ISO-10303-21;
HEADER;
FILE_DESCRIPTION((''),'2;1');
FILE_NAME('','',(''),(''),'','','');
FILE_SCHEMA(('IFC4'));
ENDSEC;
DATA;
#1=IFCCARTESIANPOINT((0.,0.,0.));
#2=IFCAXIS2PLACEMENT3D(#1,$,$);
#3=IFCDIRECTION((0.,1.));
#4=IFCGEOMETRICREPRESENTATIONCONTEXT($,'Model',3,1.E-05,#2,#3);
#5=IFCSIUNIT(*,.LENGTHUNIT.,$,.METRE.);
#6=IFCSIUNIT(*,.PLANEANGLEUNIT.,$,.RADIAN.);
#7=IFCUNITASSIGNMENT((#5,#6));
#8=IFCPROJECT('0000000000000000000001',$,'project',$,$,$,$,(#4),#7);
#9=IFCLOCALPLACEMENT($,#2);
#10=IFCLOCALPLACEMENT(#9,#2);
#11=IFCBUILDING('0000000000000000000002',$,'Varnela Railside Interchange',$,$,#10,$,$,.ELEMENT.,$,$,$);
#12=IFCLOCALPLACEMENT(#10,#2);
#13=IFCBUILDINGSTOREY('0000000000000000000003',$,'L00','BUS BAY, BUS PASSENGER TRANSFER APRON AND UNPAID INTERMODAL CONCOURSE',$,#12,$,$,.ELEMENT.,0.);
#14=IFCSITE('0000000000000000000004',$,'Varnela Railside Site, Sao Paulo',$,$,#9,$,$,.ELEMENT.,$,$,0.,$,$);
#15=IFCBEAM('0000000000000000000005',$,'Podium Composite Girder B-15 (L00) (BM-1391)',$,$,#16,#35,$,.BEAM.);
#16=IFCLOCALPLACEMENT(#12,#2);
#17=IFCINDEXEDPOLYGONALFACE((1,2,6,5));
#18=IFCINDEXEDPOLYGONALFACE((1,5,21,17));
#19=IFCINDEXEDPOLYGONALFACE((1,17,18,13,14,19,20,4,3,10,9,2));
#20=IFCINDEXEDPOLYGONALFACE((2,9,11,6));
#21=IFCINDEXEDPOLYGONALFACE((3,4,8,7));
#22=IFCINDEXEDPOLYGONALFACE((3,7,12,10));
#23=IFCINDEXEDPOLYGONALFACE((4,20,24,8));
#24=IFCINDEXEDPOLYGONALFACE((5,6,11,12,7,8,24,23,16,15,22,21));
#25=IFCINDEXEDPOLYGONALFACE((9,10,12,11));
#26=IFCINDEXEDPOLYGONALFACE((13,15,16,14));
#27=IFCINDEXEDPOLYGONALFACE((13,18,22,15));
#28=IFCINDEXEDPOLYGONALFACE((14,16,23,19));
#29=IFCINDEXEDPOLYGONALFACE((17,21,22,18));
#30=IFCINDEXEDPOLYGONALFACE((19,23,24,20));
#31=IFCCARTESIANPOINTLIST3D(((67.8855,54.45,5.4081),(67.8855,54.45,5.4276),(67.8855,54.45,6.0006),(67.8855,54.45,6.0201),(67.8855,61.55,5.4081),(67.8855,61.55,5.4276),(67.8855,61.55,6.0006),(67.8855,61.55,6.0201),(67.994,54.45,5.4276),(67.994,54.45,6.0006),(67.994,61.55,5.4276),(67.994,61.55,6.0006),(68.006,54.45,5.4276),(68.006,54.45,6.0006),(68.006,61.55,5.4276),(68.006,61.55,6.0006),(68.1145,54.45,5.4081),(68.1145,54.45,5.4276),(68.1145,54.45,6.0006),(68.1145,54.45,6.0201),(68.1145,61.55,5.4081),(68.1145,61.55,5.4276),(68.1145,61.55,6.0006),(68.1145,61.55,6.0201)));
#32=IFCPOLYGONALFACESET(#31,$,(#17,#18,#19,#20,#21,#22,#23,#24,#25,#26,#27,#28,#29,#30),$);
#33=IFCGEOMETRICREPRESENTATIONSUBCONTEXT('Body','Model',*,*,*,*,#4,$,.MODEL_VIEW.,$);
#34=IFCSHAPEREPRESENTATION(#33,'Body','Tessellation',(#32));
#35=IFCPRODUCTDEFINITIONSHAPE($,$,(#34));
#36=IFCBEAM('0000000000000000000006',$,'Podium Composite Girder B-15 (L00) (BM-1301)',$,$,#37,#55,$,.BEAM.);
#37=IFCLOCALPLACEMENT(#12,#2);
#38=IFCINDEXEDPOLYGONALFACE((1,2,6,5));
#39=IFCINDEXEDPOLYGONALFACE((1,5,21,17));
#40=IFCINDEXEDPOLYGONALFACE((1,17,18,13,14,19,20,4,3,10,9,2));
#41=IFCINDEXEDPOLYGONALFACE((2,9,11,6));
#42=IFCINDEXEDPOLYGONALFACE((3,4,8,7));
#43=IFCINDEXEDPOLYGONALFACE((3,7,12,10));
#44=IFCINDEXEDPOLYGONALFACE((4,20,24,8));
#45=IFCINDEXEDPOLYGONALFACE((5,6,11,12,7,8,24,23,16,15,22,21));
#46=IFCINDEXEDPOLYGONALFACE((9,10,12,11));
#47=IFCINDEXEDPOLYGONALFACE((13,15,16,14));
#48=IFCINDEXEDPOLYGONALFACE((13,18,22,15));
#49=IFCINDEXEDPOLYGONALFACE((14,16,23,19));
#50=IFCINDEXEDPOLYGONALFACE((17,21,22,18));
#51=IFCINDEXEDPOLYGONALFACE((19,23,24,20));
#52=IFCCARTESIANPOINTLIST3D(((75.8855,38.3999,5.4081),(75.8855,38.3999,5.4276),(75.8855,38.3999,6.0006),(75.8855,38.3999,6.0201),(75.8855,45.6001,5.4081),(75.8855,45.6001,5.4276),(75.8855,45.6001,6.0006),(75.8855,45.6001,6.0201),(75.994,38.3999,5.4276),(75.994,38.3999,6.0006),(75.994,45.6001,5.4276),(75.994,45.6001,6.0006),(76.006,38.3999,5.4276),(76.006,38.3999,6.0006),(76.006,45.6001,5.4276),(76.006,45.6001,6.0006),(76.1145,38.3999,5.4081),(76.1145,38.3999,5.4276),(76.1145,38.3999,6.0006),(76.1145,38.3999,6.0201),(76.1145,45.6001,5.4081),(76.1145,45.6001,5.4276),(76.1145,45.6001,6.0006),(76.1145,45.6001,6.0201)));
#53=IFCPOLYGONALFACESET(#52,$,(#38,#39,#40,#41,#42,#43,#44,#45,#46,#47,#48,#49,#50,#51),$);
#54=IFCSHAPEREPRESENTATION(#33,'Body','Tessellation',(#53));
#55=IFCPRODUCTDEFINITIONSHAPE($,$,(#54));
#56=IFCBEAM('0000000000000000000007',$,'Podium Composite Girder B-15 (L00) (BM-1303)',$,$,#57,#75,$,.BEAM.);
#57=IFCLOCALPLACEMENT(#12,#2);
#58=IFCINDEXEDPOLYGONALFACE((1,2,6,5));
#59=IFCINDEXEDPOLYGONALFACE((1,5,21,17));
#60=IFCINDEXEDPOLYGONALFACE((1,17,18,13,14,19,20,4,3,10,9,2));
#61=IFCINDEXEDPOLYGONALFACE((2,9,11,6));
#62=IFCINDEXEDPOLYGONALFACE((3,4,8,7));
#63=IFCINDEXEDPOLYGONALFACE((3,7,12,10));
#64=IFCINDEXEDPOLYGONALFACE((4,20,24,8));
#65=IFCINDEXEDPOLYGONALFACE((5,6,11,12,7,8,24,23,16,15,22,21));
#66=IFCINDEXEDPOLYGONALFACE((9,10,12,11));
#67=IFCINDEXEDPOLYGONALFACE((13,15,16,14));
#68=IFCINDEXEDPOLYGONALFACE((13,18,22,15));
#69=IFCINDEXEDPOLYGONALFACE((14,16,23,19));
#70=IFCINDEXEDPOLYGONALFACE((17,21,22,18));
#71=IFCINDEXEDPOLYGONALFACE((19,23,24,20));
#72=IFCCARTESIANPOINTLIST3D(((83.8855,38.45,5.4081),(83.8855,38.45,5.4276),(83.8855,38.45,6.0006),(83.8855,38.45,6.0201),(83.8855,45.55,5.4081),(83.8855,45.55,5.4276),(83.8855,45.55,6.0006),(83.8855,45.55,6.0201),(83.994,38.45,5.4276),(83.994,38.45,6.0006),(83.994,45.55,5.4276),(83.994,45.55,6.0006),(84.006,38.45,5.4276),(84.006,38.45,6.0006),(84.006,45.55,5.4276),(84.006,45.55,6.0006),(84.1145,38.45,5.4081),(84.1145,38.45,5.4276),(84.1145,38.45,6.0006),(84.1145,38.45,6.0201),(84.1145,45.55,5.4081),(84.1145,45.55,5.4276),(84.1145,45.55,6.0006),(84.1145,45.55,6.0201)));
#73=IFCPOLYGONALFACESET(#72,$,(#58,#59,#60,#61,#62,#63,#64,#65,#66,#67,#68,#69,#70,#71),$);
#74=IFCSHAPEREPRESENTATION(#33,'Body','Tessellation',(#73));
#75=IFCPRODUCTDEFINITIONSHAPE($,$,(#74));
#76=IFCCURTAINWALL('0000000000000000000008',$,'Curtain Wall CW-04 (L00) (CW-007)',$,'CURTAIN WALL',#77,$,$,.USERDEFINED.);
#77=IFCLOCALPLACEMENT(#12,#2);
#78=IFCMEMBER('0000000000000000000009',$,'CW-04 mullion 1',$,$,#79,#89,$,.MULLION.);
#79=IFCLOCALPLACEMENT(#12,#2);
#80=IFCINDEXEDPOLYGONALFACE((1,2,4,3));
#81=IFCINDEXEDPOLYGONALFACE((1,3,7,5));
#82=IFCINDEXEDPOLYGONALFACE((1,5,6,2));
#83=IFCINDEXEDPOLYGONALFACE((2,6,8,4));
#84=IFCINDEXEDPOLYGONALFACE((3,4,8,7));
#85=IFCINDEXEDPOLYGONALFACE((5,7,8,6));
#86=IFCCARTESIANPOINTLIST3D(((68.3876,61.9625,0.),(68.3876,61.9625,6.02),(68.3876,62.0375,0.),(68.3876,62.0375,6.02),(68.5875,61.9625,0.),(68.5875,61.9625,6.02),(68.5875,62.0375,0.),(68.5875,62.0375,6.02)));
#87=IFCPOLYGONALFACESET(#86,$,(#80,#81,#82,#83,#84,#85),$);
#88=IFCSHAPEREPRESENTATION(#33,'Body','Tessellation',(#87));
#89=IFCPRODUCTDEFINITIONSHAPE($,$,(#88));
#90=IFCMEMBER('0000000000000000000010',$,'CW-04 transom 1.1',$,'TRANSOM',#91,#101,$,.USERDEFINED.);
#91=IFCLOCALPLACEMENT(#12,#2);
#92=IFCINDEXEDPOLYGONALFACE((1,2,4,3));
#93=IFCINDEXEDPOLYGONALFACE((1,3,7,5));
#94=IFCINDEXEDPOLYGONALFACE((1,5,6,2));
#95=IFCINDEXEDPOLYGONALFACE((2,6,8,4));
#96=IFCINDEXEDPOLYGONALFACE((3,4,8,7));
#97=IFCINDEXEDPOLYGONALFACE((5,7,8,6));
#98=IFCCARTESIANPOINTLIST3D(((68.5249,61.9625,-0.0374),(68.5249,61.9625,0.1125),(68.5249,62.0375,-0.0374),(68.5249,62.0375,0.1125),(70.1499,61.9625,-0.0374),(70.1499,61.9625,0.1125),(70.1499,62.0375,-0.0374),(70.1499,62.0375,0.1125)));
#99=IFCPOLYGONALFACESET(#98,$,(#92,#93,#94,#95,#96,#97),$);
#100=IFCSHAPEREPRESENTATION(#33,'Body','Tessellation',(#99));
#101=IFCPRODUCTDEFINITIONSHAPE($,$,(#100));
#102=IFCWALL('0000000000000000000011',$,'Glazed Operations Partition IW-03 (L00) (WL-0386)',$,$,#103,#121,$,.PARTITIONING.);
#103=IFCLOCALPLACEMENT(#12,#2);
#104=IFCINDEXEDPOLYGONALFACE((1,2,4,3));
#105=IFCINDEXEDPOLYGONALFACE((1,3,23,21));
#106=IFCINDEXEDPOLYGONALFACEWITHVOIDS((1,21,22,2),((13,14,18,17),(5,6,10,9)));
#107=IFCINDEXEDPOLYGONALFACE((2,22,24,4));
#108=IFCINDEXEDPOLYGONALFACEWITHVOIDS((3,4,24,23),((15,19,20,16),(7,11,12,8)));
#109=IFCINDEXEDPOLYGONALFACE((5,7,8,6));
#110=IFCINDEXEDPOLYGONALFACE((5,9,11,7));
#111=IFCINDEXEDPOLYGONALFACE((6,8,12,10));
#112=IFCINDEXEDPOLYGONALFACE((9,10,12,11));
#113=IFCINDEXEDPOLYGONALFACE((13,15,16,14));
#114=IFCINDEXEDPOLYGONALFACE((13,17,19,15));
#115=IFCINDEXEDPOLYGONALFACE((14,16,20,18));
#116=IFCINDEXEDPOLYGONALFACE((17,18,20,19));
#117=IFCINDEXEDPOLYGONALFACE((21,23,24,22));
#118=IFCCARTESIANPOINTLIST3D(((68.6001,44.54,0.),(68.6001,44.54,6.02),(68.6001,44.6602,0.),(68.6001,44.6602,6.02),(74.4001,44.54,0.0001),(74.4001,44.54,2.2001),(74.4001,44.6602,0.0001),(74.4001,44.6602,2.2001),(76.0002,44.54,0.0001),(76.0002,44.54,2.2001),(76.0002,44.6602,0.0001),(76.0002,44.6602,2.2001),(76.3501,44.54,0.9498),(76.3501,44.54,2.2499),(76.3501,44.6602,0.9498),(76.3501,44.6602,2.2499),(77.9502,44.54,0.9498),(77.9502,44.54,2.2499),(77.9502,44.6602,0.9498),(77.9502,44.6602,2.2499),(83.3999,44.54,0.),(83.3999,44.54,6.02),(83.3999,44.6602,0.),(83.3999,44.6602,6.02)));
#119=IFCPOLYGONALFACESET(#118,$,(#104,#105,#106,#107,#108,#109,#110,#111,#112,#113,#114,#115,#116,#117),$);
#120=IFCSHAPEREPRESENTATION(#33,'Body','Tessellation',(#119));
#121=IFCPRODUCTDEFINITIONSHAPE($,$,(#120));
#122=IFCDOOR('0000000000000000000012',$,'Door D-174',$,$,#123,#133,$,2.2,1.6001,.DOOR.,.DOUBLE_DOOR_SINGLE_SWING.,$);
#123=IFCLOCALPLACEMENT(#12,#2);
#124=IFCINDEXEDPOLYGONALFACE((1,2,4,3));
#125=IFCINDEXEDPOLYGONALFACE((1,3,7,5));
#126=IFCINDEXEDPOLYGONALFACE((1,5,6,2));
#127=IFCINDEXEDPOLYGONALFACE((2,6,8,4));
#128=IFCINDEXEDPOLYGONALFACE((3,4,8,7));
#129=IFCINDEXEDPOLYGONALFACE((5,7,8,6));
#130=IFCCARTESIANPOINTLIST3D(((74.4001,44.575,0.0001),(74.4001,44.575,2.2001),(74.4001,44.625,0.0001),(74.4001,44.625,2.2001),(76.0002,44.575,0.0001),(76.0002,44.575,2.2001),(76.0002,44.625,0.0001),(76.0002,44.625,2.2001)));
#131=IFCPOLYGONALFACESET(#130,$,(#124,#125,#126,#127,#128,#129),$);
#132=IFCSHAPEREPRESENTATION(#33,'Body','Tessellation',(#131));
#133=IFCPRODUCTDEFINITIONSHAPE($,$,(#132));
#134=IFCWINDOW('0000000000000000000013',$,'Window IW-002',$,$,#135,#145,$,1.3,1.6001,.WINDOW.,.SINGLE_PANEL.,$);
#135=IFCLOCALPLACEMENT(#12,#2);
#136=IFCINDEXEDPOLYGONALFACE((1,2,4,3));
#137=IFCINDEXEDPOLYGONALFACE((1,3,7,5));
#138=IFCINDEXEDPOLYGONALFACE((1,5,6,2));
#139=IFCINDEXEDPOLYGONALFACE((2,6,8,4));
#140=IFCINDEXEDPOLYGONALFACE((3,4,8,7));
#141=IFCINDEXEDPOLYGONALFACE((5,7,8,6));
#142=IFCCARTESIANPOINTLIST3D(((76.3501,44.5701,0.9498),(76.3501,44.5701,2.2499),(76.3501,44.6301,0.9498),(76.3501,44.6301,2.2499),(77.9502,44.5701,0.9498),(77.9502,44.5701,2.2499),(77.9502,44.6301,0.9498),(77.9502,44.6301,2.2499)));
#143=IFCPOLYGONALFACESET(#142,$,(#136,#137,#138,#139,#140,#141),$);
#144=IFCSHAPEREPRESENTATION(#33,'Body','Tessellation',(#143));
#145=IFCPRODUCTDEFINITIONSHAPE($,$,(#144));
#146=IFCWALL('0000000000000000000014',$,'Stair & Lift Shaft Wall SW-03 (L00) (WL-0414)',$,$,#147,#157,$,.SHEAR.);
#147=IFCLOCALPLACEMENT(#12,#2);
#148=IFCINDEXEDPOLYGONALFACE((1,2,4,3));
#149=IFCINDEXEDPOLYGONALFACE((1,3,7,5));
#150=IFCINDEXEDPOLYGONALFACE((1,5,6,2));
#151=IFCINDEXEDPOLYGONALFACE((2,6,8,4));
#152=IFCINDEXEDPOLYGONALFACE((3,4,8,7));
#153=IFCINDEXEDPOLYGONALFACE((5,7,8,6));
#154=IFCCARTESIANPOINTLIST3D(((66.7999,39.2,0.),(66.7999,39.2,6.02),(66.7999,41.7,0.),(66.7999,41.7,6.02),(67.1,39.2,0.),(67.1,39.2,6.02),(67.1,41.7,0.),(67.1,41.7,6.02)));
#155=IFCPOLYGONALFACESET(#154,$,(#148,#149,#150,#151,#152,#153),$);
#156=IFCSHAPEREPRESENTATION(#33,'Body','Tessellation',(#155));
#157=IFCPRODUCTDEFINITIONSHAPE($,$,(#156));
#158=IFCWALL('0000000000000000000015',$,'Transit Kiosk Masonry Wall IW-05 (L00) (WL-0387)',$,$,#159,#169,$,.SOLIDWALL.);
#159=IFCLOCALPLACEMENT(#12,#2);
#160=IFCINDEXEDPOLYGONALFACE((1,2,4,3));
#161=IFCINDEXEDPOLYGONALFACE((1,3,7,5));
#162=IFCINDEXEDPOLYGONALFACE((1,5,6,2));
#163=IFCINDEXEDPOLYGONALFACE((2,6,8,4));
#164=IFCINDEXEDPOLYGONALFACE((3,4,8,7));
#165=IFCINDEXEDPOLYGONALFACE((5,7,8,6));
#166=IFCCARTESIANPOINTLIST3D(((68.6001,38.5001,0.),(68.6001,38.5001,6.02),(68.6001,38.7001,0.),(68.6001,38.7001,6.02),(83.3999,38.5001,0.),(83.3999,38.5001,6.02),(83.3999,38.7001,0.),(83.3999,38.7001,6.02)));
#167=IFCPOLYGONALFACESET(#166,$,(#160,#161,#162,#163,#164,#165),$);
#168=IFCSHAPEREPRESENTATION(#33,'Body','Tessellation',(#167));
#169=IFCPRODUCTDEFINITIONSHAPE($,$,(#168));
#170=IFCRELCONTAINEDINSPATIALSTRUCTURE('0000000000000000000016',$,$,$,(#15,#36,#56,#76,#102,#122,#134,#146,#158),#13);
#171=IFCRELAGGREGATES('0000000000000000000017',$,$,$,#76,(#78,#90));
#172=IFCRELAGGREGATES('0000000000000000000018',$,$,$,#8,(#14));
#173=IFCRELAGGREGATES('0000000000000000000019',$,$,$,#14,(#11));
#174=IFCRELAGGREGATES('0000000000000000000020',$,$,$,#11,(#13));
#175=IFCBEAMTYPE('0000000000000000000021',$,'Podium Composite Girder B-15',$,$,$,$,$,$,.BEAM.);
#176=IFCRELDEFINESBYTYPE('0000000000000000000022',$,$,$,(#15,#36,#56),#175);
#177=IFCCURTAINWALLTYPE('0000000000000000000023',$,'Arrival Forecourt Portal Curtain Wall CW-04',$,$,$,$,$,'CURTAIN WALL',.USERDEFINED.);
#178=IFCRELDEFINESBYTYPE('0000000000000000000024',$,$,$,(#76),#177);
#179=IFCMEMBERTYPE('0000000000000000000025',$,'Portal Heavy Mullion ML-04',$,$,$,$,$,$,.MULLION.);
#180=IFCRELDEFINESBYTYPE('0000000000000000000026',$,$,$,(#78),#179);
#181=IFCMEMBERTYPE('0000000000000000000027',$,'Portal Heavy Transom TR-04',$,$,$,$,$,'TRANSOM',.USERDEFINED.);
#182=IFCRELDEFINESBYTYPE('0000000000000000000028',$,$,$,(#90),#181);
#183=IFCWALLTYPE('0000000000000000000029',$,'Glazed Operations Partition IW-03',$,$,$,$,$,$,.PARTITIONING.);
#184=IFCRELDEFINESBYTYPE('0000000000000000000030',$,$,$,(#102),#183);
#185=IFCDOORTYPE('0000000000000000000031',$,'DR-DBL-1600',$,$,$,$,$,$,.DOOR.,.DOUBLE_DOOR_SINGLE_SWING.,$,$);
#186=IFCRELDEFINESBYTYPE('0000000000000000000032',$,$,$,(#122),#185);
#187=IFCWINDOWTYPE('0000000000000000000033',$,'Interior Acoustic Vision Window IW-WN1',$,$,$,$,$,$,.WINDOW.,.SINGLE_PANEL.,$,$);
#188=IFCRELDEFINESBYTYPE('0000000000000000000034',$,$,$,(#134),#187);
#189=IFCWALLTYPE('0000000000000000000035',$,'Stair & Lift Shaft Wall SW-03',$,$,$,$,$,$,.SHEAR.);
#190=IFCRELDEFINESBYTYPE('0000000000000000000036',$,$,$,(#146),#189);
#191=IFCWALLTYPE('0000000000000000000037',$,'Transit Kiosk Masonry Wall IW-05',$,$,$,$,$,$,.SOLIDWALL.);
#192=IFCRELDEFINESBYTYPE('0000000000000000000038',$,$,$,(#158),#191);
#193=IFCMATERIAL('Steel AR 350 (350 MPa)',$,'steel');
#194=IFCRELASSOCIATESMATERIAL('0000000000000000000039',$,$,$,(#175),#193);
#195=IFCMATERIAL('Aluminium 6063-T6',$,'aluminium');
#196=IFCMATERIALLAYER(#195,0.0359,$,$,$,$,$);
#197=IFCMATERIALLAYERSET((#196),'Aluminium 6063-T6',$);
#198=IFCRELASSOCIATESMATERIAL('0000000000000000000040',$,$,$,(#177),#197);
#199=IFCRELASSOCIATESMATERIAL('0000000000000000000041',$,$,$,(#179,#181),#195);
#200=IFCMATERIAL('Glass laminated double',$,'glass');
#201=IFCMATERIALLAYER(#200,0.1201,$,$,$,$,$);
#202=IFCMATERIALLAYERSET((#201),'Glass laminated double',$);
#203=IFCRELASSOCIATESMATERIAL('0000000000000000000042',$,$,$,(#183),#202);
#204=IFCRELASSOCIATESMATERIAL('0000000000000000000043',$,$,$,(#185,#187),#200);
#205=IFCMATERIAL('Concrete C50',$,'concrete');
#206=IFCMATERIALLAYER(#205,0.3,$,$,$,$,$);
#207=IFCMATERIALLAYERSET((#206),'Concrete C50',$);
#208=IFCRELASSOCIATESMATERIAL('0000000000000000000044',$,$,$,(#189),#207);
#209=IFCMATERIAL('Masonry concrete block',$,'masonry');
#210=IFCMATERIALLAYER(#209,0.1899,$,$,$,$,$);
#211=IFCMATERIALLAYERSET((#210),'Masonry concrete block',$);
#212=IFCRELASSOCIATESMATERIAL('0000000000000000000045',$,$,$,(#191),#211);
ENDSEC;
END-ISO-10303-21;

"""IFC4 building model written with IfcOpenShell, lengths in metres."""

from ifc_helpers import new_model, si_unit, direction, frame, frame_2d, origin, origin_2d, place, context, subcontext, project, spatial, rectangle, i_section, extrude, material, layer, layer_set, material_profile, profile_set, type_object, element, fill, aggregate, save


model = new_model("IFC4")

# Units and contexts
model_context = context("Model", 3, precision=1e-05, world=origin(), true_north=direction((0.0, 1.0)))
body_context = subcontext(model_context, "Body", "Model", "MODEL_VIEW")
ifc_project = project(units=[si_unit("LENGTHUNIT", "METRE"), si_unit("PLANEANGLEUNIT", "RADIAN")], contexts=[model_context])

# Site, building, storey
site_placement = place(None, origin())
site = spatial("IfcSite", under=ifc_project, at=site_placement, Name="Varnela Railside Site, Sao Paulo", CompositionType="ELEMENT", RefElevation=0.0)
building_placement = place(site_placement, origin())
building = spatial("IfcBuilding", under=site, at=building_placement, Name="Varnela Railside Interchange", CompositionType="ELEMENT")
storey_placement = place(building_placement, origin())
storey = spatial("IfcBuildingStorey", under=building, at=storey_placement, Name="L00", Description="BUS BAY, BUS PASSENGER TRANSFER APRON AND UNPAID INTERMODAL CONCOURSE", CompositionType="ELEMENT", Elevation=0.0)

# Shared definitions
ifc_material_1 = material(Name="Concrete C50", Category="concrete")

# Beams
ifc_material_2 = material(Name="Steel AR 350 (350 MPa)", Category="steel")
ifc_material_profile_1 = material_profile(ifc_material_2, i_section(OverallWidth=0.229, OverallDepth=0.6121, WebThickness=0.012, FlangeThickness=0.0195, at=origin_2d()), Name="W610x125")
ifc_profile_set_1 = profile_set([ifc_material_profile_1], Name="Steel AR 350 (350 MPa)")
beam_type_1 = type_object("IfcBeamType", Name="Podium Composite Girder B-15", PredefinedType="BEAM", material=ifc_profile_set_1)
for number, where, z_axis, x_axis, name in (
    (1, (68.0, 54.45, 5.7141), (0.0, 1.0, 0.0), (-1.0, 0.0, 0.0), "Podium Composite Girder B-15 (L00) (BM-1391)"),
):
    element("IfcBeam", number, at=place(storey_placement, frame(where, z_axis=z_axis, x_axis=x_axis)), inside=storey, type_object=beam_type_1, Name=name, PredefinedType="BEAM", context=body_context, shape_type="SweptSolid", body=[
        extrude(i_section(OverallWidth=0.229, OverallDepth=0.6121, WebThickness=0.012, FlangeThickness=0.0195, at=origin_2d()), origin(), (0.0, 0.0, 1.0), 7.1001),
    ])
beam_1_placement = place(storey_placement, frame((76.0, 38.3999, 5.7141), z_axis=(0.0, 1.0, 0.0), x_axis=(-1.0, 0.0, 0.0)))
element("IfcBeam", 2, at=beam_1_placement, inside=storey, type_object=beam_type_1, Name="Podium Composite Girder B-15 (L00) (BM-1301)", PredefinedType="BEAM", context=body_context, shape_type="SweptSolid", body=[
    extrude(i_section(OverallWidth=0.229, OverallDepth=0.6121, WebThickness=0.012, FlangeThickness=0.0195, at=origin_2d()), origin(), (0.0, 0.0, 1.0), 7.2002),
])
beam_2_placement = place(storey_placement, frame((84.0, 38.45, 5.7141), z_axis=(0.0, 1.0, 0.0), x_axis=(-1.0, 0.0, 0.0)))
element("IfcBeam", 3, at=beam_2_placement, inside=storey, type_object=beam_type_1, Name="Podium Composite Girder B-15 (L00) (BM-1303)", PredefinedType="BEAM", context=body_context, shape_type="SweptSolid", body=[
    extrude(i_section(OverallWidth=0.229, OverallDepth=0.6121, WebThickness=0.012, FlangeThickness=0.0195, at=origin_2d()), origin(), (0.0, 0.0, 1.0), 7.1001),
])

# Curtain wall, members
ifc_material_3 = material(Name="Aluminium 6063-T6", Category="aluminium")
ifc_layer_1 = layer(ifc_material_3, 0.0359)
ifc_layer_set_1 = layer_set([ifc_layer_1], Name="Aluminium 6063-T6")
curtain_wall_type = type_object("IfcCurtainWallType", Name="Arrival Forecourt Portal Curtain Wall CW-04", ElementType="CURTAIN WALL", PredefinedType="USERDEFINED", material=ifc_layer_set_1)
curtain_wall_placement = place(storey_placement, origin())
curtain_wall = element("IfcCurtainWall", 4, at=curtain_wall_placement, inside=storey, type_object=curtain_wall_type, Name="Curtain Wall CW-04 (L00) (CW-007)", ObjectType="CURTAIN WALL", PredefinedType="USERDEFINED")
ifc_material_profile_2 = material_profile(ifc_material_3, rectangle(XDim=0.075, YDim=0.2, at=origin_2d()), Name="ALU 75x200")
ifc_profile_set_2 = profile_set([ifc_material_profile_2], Name="Aluminium 6063-T6")
member_type_1 = type_object("IfcMemberType", Name="Portal Heavy Mullion ML-04", PredefinedType="MULLION", material=ifc_profile_set_2)
member_1_placement = place(storey_placement, frame((68.4875, 62.0, 0.0), z_axis=(0.0, 0.0, 1.0), x_axis=(0.0, 1.0, 0.0)))
member_1 = element("IfcMember", 5, at=member_1_placement, type_object=member_type_1, Name="CW-04 mullion 1", PredefinedType="MULLION", context=body_context, shape_type="SweptSolid", body=[
    extrude(rectangle(XDim=0.075, YDim=0.2, at=origin_2d()), origin(), (0.0, 0.0, 1.0), 6.02),
])
ifc_material_profile_3 = material_profile(ifc_material_3, rectangle(XDim=0.075, YDim=0.1499, at=origin_2d()), Name="ALU 75x150")
ifc_profile_set_3 = profile_set([ifc_material_profile_3], Name="Aluminium 6063-T6")
member_type_2 = type_object("IfcMemberType", Name="Portal Heavy Transom TR-04", ElementType="TRANSOM", PredefinedType="USERDEFINED", material=ifc_profile_set_3)
member_2_placement = place(storey_placement, frame((68.5249, 62.0, 0.0376), z_axis=(1.0, 0.0, 0.0), x_axis=(0.0, 1.0, 0.0)))
member_2 = element("IfcMember", 6, at=member_2_placement, type_object=member_type_2, Name="CW-04 transom 1.1", ObjectType="TRANSOM", PredefinedType="USERDEFINED", context=body_context, shape_type="SweptSolid", body=[
    extrude(rectangle(XDim=0.075, YDim=0.1499, at=origin_2d()), origin(), (0.0, 0.0, 1.0), 1.625),
])
aggregate(curtain_wall, [member_1, member_2])

# Wall, openings, door, window
ifc_material_4 = material(Name="Glass laminated double", Category="glass")
ifc_layer_2 = layer(ifc_material_4, 0.1201)
ifc_layer_set_2 = layer_set([ifc_layer_2], Name="Glass laminated double")
wall_type_1 = type_object("IfcWallType", Name="Glazed Operations Partition IW-03", PredefinedType="PARTITIONING", material=ifc_layer_set_2)
wall_1_placement = place(storey_placement, frame((68.6001, 44.6001, 0.0), z_axis=(0.0, 0.0, 1.0), x_axis=(1.0, 0.0, 0.0)))
wall_1 = element("IfcWall", 7, at=wall_1_placement, inside=storey, type_object=wall_type_1, Name="Glazed Operations Partition IW-03 (L00) (WL-0386)", PredefinedType="PARTITIONING", context=body_context, shape_type="SweptSolid", body=[
    extrude(rectangle(XDim=14.7998, YDim=0.1201, at=frame_2d((7.3999, 0.0))), origin(), (0.0, 0.0, 1.0), 6.02),
])
opening_1_placement = place(wall_1_placement, frame((5.8, 0.0, 0.0)))
opening_1 = element("IfcOpeningElement", 8, at=opening_1_placement, cuts=wall_1, PredefinedType="OPENING", context=body_context, shape_type="SweptSolid", body=[
    extrude(rectangle(XDim=1.6001, YDim=2.2, at=frame_2d((0.8, 1.1001))), frame((0.0, 0.0701, 0.0), z_axis=(0.0, -1.0, 0.0), x_axis=(1.0, 0.0, 0.0)), (0.0, 0.0, 1.0), 0.1401),
])
opening_2_placement = place(wall_1_placement, frame((7.75, 0.0, 0.95)))
opening_2 = element("IfcOpeningElement", 9, at=opening_2_placement, cuts=wall_1, PredefinedType="OPENING", context=body_context, shape_type="SweptSolid", body=[
    extrude(rectangle(XDim=1.6001, YDim=1.3, at=frame_2d((0.8, 0.6499))), frame((0.0, 0.0701, 0.0), z_axis=(0.0, -1.0, 0.0), x_axis=(1.0, 0.0, 0.0)), (0.0, 0.0, 1.0), 0.1401),
])
door_type_1 = type_object("IfcDoorType", Name="DR-DBL-1600", OperationType="DOUBLE_DOOR_SINGLE_SWING", PredefinedType="DOOR", material=ifc_material_4)
door_1_placement = place(opening_1_placement, origin())
door_1 = element("IfcDoor", 10, at=door_1_placement, inside=storey, type_object=door_type_1, Name="Door D-174", OperationType="DOUBLE_DOOR_SINGLE_SWING", OverallHeight=2.2, OverallWidth=1.6001, PredefinedType="DOOR", context=body_context, shape_type="SweptSolid", body=[
    extrude(rectangle(XDim=1.6001, YDim=2.2, at=frame_2d((0.8, 1.1001))), frame((0.0, 0.0249, 0.0), z_axis=(0.0, -1.0, 0.0), x_axis=(1.0, 0.0, 0.0)), (0.0, 0.0, 1.0), 0.05),
])
fill(opening_1, door_1)
window_type = type_object("IfcWindowType", Name="Interior Acoustic Vision Window IW-WN1", PartitioningType="SINGLE_PANEL", PredefinedType="WINDOW", material=ifc_material_4)
window_1_placement = place(opening_2_placement, origin())
window_1 = element("IfcWindow", 11, at=window_1_placement, inside=storey, type_object=window_type, Name="Window IW-002", OverallHeight=1.3, OverallWidth=1.6001, PartitioningType="SINGLE_PANEL", PredefinedType="WINDOW", context=body_context, shape_type="SweptSolid", body=[
    extrude(rectangle(XDim=1.6001, YDim=1.3, at=frame_2d((0.8, 0.6499))), frame((0.0, 0.03, 0.0), z_axis=(0.0, -1.0, 0.0), x_axis=(1.0, 0.0, 0.0)), (0.0, 0.0, 1.0), 0.0601),
])
fill(opening_2, window_1)

# Walls
ifc_layer_3 = layer(ifc_material_1, 0.3)
ifc_layer_set_3 = layer_set([ifc_layer_3], Name="Concrete C50")
wall_type_2 = type_object("IfcWallType", Name="Stair & Lift Shaft Wall SW-03", PredefinedType="SHEAR", material=ifc_layer_set_3)
wall_2_placement = place(storey_placement, frame((66.95, 39.2, 0.0), z_axis=(0.0, 0.0, 1.0), x_axis=(0.0, 1.0, 0.0)))
element("IfcWall", 12, at=wall_2_placement, inside=storey, type_object=wall_type_2, Name="Stair & Lift Shaft Wall SW-03 (L00) (WL-0414)", PredefinedType="SHEAR", context=body_context, shape_type="SweptSolid", body=[
    extrude(rectangle(XDim=2.5, YDim=0.3, at=frame_2d((1.25, 0.0))), origin(), (0.0, 0.0, 1.0), 6.02),
])
ifc_material_5 = material(Name="Masonry concrete block", Category="masonry")
ifc_layer_4 = layer(ifc_material_5, 0.1899)
ifc_layer_set_4 = layer_set([ifc_layer_4], Name="Masonry concrete block")
wall_type_3 = type_object("IfcWallType", Name="Transit Kiosk Masonry Wall IW-05", PredefinedType="SOLIDWALL", material=ifc_layer_set_4)
wall_3_placement = place(storey_placement, frame((68.6001, 38.6001, 0.0), z_axis=(0.0, 0.0, 1.0), x_axis=(1.0, 0.0, 0.0)))
element("IfcWall", 13, at=wall_3_placement, inside=storey, type_object=wall_type_3, Name="Transit Kiosk Masonry Wall IW-05 (L00) (WL-0387)", PredefinedType="SOLIDWALL", context=body_context, shape_type="SweptSolid", body=[
    extrude(rectangle(XDim=14.7998, YDim=0.2, at=frame_2d((7.3999, 0.0))), origin(), (0.0, 0.0, 1.0), 6.02),
])

save(model, "model.ifc")
